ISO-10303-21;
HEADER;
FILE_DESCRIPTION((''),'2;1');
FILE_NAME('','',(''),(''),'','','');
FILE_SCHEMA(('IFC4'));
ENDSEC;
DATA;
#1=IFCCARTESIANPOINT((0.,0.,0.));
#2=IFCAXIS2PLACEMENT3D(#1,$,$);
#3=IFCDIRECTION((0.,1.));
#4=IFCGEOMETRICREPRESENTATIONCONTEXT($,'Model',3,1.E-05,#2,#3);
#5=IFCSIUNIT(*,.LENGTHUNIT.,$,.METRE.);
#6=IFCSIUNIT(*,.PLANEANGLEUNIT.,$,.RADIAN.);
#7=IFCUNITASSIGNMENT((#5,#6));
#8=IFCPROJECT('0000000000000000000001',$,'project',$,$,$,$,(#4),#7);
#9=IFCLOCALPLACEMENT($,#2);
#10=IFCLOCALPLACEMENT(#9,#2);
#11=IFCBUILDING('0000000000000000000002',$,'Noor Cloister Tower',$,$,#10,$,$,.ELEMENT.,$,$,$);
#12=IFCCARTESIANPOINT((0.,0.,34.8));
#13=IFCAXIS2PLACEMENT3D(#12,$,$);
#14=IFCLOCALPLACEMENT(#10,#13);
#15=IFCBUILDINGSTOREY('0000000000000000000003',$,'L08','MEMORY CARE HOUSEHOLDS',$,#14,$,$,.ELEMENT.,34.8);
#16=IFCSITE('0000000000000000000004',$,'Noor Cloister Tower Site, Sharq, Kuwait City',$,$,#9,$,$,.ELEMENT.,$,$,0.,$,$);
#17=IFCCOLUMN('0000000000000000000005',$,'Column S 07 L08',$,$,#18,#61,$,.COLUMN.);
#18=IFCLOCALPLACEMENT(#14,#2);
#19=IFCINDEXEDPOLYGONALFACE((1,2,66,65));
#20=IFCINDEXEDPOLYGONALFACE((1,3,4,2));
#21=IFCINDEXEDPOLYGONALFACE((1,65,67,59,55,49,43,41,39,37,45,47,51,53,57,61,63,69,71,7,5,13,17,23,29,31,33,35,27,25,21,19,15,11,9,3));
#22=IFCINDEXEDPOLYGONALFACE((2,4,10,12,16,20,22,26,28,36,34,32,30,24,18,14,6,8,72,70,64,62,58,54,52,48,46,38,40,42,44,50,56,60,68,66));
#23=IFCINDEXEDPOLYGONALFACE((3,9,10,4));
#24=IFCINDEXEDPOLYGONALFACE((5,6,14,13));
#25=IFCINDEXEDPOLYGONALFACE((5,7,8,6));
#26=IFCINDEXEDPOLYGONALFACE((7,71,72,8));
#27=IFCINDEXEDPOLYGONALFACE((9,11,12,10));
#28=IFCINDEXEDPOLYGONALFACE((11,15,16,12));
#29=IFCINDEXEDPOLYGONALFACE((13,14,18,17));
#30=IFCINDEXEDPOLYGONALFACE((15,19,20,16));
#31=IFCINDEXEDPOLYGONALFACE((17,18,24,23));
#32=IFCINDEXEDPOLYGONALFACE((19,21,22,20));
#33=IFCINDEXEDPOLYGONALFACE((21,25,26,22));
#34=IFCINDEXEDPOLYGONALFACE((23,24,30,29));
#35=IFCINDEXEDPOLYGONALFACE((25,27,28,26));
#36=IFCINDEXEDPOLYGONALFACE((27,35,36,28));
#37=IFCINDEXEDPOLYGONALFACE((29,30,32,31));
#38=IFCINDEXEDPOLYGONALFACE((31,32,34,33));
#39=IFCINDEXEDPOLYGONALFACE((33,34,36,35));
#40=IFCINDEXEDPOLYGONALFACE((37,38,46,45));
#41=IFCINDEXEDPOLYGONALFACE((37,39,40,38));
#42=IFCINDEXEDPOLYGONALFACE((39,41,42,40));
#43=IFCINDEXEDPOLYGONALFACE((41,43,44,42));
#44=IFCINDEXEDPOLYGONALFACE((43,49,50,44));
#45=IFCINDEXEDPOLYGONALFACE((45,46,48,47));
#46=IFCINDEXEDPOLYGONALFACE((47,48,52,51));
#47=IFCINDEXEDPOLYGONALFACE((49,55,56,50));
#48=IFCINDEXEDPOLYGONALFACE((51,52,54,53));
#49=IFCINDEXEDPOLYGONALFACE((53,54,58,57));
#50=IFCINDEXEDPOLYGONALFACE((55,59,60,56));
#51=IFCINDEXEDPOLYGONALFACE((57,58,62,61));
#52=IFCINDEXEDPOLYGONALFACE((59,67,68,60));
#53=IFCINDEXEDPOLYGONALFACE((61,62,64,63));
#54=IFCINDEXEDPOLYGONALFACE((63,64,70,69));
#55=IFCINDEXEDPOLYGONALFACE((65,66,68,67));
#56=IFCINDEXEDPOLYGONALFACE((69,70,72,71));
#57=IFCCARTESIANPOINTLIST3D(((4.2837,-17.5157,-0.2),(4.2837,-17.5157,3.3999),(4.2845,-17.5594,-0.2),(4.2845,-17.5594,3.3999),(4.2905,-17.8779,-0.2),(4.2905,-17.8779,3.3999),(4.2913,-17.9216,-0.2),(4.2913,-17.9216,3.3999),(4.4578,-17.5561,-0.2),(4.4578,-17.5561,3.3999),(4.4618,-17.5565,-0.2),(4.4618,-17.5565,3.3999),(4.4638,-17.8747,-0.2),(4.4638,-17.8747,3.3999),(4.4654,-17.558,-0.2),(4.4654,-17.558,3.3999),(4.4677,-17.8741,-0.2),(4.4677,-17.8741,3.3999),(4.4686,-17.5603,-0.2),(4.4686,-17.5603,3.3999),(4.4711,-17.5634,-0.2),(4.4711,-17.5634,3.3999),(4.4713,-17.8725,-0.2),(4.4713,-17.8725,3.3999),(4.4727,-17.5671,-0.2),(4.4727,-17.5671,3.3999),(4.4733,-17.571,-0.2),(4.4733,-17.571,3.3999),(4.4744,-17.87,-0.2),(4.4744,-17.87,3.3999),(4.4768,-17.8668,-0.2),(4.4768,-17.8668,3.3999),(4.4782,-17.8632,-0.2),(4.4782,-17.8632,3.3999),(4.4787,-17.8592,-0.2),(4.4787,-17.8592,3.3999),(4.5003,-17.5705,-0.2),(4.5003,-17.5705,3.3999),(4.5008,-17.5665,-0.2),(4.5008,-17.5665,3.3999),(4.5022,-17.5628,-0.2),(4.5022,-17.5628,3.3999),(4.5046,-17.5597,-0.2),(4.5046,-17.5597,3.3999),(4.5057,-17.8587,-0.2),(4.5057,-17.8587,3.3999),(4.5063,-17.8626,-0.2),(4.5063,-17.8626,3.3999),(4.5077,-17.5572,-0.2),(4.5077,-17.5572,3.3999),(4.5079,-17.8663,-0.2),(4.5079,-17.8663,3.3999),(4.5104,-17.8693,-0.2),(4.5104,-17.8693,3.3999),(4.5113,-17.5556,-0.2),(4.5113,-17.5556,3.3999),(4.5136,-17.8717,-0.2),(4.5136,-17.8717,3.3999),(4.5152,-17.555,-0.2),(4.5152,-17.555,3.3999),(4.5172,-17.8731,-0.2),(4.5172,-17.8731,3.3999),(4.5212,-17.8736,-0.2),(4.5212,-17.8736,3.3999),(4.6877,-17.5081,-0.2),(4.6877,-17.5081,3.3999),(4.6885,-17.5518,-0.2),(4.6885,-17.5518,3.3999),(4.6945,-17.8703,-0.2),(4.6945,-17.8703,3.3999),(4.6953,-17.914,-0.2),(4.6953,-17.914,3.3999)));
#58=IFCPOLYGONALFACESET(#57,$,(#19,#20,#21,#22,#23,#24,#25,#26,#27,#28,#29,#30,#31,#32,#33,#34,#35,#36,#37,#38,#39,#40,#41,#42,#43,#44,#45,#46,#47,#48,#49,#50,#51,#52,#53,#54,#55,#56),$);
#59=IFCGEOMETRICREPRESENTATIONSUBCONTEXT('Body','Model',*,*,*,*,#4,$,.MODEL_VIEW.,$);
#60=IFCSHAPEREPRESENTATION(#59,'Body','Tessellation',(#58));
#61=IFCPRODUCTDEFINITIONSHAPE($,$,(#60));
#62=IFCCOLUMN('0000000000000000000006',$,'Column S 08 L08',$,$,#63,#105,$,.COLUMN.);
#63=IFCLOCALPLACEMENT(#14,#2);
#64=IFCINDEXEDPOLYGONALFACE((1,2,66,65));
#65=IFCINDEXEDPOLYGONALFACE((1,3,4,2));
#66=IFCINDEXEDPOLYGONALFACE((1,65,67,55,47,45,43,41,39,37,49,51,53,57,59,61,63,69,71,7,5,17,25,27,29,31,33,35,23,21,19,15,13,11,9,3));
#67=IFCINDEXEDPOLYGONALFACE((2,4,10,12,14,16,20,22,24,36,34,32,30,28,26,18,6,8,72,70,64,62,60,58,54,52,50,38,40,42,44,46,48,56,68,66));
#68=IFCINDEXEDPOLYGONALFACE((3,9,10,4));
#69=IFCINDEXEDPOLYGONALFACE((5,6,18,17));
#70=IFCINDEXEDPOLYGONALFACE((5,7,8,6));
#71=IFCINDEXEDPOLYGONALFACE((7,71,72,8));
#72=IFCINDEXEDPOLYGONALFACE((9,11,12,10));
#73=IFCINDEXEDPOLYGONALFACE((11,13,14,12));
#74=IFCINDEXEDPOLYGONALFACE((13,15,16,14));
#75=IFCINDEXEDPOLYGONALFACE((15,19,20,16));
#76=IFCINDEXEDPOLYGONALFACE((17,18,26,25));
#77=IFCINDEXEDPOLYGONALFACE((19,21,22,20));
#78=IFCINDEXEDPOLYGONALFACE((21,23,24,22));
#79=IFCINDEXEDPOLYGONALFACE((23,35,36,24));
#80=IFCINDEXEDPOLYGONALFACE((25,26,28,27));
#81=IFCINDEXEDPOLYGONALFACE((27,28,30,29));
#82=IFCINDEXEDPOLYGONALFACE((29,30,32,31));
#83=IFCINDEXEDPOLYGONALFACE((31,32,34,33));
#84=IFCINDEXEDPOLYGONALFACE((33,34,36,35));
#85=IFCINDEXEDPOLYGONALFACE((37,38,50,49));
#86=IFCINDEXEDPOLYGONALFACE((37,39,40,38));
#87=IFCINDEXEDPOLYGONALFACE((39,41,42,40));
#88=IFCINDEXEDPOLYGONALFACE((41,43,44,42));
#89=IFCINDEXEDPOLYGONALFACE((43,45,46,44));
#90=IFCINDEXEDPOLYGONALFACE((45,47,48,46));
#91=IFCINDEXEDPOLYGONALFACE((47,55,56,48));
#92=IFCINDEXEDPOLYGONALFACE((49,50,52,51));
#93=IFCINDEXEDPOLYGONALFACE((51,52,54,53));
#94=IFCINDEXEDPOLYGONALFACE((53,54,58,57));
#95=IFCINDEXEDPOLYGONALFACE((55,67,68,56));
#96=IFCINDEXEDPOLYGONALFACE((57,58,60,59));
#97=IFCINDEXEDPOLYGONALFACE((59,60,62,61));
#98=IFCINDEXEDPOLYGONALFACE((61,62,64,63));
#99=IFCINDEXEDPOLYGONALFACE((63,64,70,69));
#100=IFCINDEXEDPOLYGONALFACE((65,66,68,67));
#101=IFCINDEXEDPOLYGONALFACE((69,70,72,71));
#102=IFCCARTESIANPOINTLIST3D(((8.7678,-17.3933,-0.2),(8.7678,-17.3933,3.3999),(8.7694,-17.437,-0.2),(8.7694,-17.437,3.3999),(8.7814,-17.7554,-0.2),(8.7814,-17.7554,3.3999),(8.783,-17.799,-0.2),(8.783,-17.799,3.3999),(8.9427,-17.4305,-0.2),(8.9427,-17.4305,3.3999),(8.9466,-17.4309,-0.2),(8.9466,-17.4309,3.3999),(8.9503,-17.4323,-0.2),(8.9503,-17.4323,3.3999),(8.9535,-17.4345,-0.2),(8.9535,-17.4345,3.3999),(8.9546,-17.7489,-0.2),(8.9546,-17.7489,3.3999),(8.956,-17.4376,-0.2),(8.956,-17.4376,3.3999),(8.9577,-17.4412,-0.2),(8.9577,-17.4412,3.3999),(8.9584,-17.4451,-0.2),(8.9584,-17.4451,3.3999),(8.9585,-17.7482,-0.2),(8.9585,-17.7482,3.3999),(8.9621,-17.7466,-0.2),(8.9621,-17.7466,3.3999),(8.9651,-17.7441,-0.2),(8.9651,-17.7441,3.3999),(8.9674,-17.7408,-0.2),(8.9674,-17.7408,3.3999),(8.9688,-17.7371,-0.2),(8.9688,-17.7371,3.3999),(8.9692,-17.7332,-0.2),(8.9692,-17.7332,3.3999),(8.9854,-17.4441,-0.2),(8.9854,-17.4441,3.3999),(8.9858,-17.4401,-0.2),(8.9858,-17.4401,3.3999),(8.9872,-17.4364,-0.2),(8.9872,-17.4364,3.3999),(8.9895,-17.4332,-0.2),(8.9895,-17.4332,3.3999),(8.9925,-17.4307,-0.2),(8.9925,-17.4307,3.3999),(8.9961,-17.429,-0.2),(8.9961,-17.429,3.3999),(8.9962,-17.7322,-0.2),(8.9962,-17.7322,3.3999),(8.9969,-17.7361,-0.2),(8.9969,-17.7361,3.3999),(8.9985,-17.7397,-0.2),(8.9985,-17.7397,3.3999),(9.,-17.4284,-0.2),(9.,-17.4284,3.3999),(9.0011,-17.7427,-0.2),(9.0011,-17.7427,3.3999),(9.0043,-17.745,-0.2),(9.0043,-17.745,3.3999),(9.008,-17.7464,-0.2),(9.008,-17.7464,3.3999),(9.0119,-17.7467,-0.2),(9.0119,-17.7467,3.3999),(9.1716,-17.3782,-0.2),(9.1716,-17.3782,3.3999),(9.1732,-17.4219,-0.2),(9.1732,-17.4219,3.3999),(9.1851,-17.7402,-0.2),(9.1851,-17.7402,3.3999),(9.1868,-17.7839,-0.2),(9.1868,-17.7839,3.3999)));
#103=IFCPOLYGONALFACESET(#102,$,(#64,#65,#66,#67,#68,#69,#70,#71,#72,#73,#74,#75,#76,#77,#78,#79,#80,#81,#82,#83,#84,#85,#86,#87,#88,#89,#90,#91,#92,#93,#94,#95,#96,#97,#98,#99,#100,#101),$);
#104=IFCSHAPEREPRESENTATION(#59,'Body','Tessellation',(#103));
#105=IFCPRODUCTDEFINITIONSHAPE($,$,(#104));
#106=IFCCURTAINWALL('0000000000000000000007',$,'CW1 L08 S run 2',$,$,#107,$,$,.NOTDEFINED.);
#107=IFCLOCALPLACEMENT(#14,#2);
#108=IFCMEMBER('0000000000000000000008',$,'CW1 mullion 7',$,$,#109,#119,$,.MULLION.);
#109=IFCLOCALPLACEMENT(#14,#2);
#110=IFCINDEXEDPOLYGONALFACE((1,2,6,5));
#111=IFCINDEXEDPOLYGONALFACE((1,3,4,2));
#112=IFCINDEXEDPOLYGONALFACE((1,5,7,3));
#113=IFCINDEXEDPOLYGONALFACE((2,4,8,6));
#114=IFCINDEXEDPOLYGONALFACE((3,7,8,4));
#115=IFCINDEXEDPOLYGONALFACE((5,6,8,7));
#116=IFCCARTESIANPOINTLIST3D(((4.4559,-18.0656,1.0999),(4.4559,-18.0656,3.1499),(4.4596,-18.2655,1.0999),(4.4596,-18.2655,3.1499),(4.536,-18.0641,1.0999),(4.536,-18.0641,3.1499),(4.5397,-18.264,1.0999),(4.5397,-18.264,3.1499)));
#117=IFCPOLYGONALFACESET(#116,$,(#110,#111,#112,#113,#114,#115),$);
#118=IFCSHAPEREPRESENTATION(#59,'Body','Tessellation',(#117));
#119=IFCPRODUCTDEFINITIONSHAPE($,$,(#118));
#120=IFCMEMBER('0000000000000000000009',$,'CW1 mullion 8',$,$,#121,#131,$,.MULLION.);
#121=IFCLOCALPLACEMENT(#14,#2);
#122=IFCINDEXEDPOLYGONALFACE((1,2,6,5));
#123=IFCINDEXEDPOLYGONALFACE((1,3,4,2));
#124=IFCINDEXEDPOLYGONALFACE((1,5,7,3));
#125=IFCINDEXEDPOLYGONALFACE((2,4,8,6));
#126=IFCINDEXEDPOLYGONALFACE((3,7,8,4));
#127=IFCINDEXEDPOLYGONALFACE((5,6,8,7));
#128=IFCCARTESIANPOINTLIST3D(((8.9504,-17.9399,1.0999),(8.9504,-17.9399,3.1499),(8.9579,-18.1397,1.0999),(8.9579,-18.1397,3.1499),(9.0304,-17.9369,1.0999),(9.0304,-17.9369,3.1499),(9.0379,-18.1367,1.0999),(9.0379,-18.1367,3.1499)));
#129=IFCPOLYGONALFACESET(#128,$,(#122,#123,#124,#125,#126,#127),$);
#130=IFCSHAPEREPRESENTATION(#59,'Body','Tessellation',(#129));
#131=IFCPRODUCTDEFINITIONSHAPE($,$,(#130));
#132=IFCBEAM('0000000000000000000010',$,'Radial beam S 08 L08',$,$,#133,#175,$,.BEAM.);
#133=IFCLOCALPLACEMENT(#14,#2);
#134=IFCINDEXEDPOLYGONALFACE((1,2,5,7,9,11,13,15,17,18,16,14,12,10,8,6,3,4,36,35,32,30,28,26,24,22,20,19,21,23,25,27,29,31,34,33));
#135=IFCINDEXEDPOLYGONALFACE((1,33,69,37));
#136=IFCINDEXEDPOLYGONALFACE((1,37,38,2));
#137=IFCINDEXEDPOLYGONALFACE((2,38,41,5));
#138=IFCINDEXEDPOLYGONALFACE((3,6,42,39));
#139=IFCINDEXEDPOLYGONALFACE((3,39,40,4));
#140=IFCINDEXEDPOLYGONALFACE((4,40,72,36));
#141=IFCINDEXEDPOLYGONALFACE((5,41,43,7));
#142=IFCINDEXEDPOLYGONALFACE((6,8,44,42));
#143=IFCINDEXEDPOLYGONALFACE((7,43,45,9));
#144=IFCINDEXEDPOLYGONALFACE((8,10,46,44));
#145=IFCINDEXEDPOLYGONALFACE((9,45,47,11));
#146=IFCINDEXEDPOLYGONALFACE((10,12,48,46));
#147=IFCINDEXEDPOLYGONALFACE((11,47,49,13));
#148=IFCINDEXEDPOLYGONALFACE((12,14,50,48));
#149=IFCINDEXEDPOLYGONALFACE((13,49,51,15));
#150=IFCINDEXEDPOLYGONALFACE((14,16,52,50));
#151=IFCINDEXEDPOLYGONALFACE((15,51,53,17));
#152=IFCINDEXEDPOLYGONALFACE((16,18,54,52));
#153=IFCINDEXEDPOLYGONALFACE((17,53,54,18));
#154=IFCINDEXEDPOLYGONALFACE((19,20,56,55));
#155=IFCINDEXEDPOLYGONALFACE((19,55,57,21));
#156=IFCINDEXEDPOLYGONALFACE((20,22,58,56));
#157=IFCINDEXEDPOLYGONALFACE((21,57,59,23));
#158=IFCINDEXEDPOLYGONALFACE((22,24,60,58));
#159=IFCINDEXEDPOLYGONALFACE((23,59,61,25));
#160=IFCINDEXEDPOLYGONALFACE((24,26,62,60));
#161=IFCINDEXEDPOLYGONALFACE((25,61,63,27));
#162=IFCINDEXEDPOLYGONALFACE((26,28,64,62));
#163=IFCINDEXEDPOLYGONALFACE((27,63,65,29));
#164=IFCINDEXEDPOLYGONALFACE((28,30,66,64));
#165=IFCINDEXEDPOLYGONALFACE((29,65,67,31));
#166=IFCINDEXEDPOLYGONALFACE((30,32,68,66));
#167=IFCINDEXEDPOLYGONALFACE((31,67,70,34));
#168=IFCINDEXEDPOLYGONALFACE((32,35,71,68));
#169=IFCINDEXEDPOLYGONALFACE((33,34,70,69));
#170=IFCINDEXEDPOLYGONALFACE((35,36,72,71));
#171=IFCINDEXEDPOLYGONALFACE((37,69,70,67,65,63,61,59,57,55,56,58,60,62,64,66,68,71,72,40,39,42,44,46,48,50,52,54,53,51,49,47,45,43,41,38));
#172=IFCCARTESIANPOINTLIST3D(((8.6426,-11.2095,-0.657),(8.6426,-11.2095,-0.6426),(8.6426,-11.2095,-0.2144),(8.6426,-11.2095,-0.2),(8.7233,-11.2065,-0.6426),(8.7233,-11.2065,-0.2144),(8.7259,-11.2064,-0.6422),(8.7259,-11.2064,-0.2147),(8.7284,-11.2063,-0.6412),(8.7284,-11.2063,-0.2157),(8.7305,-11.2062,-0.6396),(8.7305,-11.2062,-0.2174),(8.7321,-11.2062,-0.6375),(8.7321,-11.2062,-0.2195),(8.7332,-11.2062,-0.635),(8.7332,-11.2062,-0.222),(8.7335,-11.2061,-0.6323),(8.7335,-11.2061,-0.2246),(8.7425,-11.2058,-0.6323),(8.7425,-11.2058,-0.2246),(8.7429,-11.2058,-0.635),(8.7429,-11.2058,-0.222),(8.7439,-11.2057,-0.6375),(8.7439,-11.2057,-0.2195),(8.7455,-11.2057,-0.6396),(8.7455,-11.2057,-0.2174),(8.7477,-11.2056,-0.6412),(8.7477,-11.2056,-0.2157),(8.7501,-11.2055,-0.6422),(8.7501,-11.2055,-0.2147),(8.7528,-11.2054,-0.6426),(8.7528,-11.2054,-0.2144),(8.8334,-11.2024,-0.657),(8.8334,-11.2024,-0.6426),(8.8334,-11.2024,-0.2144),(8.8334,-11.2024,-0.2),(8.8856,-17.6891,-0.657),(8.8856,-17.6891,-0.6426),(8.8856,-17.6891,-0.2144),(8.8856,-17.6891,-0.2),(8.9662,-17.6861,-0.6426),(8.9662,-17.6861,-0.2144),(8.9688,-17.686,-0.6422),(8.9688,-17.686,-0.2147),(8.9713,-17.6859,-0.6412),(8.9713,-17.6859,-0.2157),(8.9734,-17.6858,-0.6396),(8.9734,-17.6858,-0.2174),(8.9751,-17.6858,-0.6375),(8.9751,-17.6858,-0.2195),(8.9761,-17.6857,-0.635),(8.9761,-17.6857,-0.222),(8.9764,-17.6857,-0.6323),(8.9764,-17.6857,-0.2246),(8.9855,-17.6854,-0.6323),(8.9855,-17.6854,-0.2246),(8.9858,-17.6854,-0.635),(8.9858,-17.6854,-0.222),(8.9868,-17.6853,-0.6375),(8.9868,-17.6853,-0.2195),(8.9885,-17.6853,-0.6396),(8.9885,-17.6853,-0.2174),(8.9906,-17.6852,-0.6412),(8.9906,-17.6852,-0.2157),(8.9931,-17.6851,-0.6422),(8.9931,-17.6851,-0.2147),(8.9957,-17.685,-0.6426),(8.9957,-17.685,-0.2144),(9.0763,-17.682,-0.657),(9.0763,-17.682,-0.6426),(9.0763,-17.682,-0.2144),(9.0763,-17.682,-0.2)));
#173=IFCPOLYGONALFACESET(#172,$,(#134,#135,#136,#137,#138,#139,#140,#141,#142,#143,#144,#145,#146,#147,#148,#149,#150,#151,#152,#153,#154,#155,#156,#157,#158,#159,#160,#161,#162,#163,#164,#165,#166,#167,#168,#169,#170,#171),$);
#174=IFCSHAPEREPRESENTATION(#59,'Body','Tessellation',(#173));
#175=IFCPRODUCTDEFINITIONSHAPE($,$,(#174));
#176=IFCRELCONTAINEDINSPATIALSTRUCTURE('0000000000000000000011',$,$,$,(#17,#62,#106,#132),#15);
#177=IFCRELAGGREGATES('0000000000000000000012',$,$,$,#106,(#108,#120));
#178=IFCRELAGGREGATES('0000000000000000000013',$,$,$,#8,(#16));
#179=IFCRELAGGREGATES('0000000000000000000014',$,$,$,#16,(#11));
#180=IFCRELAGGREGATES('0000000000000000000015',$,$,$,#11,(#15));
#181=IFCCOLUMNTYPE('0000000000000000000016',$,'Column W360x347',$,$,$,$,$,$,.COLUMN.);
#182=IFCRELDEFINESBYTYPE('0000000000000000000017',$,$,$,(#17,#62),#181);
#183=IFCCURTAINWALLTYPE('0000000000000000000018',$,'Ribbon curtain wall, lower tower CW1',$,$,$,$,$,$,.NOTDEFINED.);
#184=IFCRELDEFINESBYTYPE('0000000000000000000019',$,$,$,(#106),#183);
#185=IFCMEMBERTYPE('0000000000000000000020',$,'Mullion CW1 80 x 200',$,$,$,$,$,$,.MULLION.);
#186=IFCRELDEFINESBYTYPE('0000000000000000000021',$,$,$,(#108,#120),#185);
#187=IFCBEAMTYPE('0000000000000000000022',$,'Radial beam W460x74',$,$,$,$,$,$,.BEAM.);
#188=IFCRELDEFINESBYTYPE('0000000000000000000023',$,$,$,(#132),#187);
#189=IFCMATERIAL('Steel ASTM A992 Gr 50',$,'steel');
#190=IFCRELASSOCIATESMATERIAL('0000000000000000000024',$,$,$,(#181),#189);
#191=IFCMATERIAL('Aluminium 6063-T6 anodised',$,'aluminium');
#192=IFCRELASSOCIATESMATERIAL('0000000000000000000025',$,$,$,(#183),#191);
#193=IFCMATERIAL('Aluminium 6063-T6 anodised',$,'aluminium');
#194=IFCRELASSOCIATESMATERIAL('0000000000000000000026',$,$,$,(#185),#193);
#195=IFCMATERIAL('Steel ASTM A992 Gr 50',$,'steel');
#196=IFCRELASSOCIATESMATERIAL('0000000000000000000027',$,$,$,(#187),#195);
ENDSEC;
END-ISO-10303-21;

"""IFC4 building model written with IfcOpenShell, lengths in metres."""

from ifc_helpers import new_model, si_unit, direction, frame, origin, origin_2d, place, context, subcontext, project, spatial, rectangle, i_section, extrude, material, material_profile, profile_set, type_object, element, aggregate, save


model = new_model("IFC4")

# Units and contexts
model_context = context("Model", 3, precision=1e-05, world=origin(), true_north=direction((0.0, 1.0)))
body_context = subcontext(model_context, "Body", "Model", "MODEL_VIEW")
ifc_project = project(units=[si_unit("LENGTHUNIT", "METRE"), si_unit("PLANEANGLEUNIT", "RADIAN")], contexts=[model_context])

# Site, building, storey
site_placement = place(None, origin())
site = spatial("IfcSite", under=ifc_project, at=site_placement, Name="Noor Cloister Tower Site, Sharq, Kuwait City", CompositionType="ELEMENT", RefElevation=0.0)
building_placement = place(site_placement, origin())
building = spatial("IfcBuilding", under=site, at=building_placement, Name="Noor Cloister Tower", CompositionType="ELEMENT")
storey_placement = place(building_placement, frame((0.0, 0.0, 34.8)))
storey = spatial("IfcBuildingStorey", under=building, at=storey_placement, Name="L08", Description="MEMORY CARE HOUSEHOLDS", CompositionType="ELEMENT", Elevation=34.8)

# Columns
ifc_material_1 = material(Name="Steel ASTM A992 Gr 50", Category="steel")
ifc_material_profile_1 = material_profile(ifc_material_1, i_section(OverallWidth=0.4041, OverallDepth=0.406, WebThickness=0.0271, FlangeThickness=0.0437, FilletRadius=0.0151, at=origin_2d()), Name="W360x347")
ifc_profile_set_1 = profile_set([ifc_material_profile_1], Name="Steel ASTM A992 Gr 50")
column_type = type_object("IfcColumnType", Name="Column W360x347", PredefinedType="COLUMN", material=ifc_profile_set_1)
for number, where, z_axis, x_axis, name in (
    (1, (4.4895, -17.7148, -0.2), (0.0, 0.0, 1.0), (0.999825, 0.018726, 0.0), "Column S 07 L08"),
    (2, (8.9773, -17.5886, -0.2), (0.0, 0.0, 1.0), (0.999299, 0.037446, 0.0), "Column S 08 L08"),
):
    element("IfcColumn", number, at=place(storey_placement, frame(where, z_axis=z_axis, x_axis=x_axis)), inside=storey, type_object=column_type, Name=name, PredefinedType="COLUMN", context=body_context, shape_type="SweptSolid", body=[
        extrude(i_section(OverallWidth=0.4041, OverallDepth=0.406, WebThickness=0.0271, FlangeThickness=0.0437, FilletRadius=0.0151, at=origin_2d()), origin(), (0.0, 0.0, 1.0), 3.5999),
    ])

# Curtain wall, members
ifc_material_2 = material(Name="Aluminium 6063-T6 anodised", Category="aluminium")
curtain_wall_type = type_object("IfcCurtainWallType", Name="Ribbon curtain wall, lower tower CW1", PredefinedType="NOTDEFINED", material=ifc_material_2)
curtain_wall_placement = place(storey_placement, origin())
curtain_wall = element("IfcCurtainWall", 3, at=curtain_wall_placement, inside=storey, type_object=curtain_wall_type, Name="CW1 L08 S run 2", PredefinedType="NOTDEFINED")
ifc_material_3 = material(Name="Aluminium 6063-T6 anodised", Category="aluminium")
ifc_material_profile_2 = material_profile(ifc_material_3, rectangle(XDim=0.2, YDim=0.0801, at=origin_2d()), Name="200 x 80 mullion")
ifc_profile_set_2 = profile_set([ifc_material_profile_2], Name="Aluminium 6063-T6 anodised")
member_type = type_object("IfcMemberType", Name="Mullion CW1 80 x 200", PredefinedType="MULLION", material=ifc_profile_set_2)
member_1_placement = place(storey_placement, frame((4.4978, -18.1648, 1.0999), z_axis=(0.0, 0.0, 1.0), x_axis=(-0.018726, 0.999825, 0.0)))
member_1 = element("IfcMember", 4, at=member_1_placement, type_object=member_type, Name="CW1 mullion 7", PredefinedType="MULLION", context=body_context, shape_type="SweptSolid", body=[
    extrude(rectangle(XDim=0.2, YDim=0.0801, at=origin_2d()), origin(), (0.0, 0.0, 1.0), 2.05),
])
member_2_placement = place(storey_placement, frame((8.9941, -18.0383, 1.0999), z_axis=(0.0, 0.0, 1.0), x_axis=(-0.037446, 0.999299, 0.0)))
member_2 = element("IfcMember", 5, at=member_2_placement, type_object=member_type, Name="CW1 mullion 8", PredefinedType="MULLION", context=body_context, shape_type="SweptSolid", body=[
    extrude(rectangle(XDim=0.2, YDim=0.0801, at=origin_2d()), origin(), (0.0, 0.0, 1.0), 2.05),
])

# Beam
ifc_material_4 = material(Name="Steel ASTM A992 Gr 50", Category="steel")
ifc_material_profile_3 = material_profile(ifc_material_4, i_section(OverallWidth=0.1909, OverallDepth=0.457, WebThickness=0.009, FlangeThickness=0.0144, FilletRadius=0.0103, at=origin_2d()), Name="W460x74")
ifc_profile_set_3 = profile_set([ifc_material_profile_3], Name="Steel ASTM A992 Gr 50")
beam_type_1 = type_object("IfcBeamType", Name="Radial beam W460x74", PredefinedType="BEAM", material=ifc_profile_set_3)
beam_1_placement = place(storey_placement, frame((8.981, -17.6855, -0.4285), z_axis=(-0.037464, 0.999298, 0.0), x_axis=(-0.999298, -0.037464, 0.0)))
element("IfcBeam", 6, at=beam_1_placement, inside=storey, type_object=beam_type_1, Name="Radial beam S 08 L08", PredefinedType="BEAM", context=body_context, shape_type="SweptSolid", body=[
    extrude(i_section(OverallWidth=0.1909, OverallDepth=0.457, WebThickness=0.009, FlangeThickness=0.0144, FilletRadius=0.0103, at=origin_2d()), origin(), (0.0, 0.0, 1.0), 6.4841),
])

aggregate(curtain_wall, [member_1, member_2])

save(model, "model.ifc")
